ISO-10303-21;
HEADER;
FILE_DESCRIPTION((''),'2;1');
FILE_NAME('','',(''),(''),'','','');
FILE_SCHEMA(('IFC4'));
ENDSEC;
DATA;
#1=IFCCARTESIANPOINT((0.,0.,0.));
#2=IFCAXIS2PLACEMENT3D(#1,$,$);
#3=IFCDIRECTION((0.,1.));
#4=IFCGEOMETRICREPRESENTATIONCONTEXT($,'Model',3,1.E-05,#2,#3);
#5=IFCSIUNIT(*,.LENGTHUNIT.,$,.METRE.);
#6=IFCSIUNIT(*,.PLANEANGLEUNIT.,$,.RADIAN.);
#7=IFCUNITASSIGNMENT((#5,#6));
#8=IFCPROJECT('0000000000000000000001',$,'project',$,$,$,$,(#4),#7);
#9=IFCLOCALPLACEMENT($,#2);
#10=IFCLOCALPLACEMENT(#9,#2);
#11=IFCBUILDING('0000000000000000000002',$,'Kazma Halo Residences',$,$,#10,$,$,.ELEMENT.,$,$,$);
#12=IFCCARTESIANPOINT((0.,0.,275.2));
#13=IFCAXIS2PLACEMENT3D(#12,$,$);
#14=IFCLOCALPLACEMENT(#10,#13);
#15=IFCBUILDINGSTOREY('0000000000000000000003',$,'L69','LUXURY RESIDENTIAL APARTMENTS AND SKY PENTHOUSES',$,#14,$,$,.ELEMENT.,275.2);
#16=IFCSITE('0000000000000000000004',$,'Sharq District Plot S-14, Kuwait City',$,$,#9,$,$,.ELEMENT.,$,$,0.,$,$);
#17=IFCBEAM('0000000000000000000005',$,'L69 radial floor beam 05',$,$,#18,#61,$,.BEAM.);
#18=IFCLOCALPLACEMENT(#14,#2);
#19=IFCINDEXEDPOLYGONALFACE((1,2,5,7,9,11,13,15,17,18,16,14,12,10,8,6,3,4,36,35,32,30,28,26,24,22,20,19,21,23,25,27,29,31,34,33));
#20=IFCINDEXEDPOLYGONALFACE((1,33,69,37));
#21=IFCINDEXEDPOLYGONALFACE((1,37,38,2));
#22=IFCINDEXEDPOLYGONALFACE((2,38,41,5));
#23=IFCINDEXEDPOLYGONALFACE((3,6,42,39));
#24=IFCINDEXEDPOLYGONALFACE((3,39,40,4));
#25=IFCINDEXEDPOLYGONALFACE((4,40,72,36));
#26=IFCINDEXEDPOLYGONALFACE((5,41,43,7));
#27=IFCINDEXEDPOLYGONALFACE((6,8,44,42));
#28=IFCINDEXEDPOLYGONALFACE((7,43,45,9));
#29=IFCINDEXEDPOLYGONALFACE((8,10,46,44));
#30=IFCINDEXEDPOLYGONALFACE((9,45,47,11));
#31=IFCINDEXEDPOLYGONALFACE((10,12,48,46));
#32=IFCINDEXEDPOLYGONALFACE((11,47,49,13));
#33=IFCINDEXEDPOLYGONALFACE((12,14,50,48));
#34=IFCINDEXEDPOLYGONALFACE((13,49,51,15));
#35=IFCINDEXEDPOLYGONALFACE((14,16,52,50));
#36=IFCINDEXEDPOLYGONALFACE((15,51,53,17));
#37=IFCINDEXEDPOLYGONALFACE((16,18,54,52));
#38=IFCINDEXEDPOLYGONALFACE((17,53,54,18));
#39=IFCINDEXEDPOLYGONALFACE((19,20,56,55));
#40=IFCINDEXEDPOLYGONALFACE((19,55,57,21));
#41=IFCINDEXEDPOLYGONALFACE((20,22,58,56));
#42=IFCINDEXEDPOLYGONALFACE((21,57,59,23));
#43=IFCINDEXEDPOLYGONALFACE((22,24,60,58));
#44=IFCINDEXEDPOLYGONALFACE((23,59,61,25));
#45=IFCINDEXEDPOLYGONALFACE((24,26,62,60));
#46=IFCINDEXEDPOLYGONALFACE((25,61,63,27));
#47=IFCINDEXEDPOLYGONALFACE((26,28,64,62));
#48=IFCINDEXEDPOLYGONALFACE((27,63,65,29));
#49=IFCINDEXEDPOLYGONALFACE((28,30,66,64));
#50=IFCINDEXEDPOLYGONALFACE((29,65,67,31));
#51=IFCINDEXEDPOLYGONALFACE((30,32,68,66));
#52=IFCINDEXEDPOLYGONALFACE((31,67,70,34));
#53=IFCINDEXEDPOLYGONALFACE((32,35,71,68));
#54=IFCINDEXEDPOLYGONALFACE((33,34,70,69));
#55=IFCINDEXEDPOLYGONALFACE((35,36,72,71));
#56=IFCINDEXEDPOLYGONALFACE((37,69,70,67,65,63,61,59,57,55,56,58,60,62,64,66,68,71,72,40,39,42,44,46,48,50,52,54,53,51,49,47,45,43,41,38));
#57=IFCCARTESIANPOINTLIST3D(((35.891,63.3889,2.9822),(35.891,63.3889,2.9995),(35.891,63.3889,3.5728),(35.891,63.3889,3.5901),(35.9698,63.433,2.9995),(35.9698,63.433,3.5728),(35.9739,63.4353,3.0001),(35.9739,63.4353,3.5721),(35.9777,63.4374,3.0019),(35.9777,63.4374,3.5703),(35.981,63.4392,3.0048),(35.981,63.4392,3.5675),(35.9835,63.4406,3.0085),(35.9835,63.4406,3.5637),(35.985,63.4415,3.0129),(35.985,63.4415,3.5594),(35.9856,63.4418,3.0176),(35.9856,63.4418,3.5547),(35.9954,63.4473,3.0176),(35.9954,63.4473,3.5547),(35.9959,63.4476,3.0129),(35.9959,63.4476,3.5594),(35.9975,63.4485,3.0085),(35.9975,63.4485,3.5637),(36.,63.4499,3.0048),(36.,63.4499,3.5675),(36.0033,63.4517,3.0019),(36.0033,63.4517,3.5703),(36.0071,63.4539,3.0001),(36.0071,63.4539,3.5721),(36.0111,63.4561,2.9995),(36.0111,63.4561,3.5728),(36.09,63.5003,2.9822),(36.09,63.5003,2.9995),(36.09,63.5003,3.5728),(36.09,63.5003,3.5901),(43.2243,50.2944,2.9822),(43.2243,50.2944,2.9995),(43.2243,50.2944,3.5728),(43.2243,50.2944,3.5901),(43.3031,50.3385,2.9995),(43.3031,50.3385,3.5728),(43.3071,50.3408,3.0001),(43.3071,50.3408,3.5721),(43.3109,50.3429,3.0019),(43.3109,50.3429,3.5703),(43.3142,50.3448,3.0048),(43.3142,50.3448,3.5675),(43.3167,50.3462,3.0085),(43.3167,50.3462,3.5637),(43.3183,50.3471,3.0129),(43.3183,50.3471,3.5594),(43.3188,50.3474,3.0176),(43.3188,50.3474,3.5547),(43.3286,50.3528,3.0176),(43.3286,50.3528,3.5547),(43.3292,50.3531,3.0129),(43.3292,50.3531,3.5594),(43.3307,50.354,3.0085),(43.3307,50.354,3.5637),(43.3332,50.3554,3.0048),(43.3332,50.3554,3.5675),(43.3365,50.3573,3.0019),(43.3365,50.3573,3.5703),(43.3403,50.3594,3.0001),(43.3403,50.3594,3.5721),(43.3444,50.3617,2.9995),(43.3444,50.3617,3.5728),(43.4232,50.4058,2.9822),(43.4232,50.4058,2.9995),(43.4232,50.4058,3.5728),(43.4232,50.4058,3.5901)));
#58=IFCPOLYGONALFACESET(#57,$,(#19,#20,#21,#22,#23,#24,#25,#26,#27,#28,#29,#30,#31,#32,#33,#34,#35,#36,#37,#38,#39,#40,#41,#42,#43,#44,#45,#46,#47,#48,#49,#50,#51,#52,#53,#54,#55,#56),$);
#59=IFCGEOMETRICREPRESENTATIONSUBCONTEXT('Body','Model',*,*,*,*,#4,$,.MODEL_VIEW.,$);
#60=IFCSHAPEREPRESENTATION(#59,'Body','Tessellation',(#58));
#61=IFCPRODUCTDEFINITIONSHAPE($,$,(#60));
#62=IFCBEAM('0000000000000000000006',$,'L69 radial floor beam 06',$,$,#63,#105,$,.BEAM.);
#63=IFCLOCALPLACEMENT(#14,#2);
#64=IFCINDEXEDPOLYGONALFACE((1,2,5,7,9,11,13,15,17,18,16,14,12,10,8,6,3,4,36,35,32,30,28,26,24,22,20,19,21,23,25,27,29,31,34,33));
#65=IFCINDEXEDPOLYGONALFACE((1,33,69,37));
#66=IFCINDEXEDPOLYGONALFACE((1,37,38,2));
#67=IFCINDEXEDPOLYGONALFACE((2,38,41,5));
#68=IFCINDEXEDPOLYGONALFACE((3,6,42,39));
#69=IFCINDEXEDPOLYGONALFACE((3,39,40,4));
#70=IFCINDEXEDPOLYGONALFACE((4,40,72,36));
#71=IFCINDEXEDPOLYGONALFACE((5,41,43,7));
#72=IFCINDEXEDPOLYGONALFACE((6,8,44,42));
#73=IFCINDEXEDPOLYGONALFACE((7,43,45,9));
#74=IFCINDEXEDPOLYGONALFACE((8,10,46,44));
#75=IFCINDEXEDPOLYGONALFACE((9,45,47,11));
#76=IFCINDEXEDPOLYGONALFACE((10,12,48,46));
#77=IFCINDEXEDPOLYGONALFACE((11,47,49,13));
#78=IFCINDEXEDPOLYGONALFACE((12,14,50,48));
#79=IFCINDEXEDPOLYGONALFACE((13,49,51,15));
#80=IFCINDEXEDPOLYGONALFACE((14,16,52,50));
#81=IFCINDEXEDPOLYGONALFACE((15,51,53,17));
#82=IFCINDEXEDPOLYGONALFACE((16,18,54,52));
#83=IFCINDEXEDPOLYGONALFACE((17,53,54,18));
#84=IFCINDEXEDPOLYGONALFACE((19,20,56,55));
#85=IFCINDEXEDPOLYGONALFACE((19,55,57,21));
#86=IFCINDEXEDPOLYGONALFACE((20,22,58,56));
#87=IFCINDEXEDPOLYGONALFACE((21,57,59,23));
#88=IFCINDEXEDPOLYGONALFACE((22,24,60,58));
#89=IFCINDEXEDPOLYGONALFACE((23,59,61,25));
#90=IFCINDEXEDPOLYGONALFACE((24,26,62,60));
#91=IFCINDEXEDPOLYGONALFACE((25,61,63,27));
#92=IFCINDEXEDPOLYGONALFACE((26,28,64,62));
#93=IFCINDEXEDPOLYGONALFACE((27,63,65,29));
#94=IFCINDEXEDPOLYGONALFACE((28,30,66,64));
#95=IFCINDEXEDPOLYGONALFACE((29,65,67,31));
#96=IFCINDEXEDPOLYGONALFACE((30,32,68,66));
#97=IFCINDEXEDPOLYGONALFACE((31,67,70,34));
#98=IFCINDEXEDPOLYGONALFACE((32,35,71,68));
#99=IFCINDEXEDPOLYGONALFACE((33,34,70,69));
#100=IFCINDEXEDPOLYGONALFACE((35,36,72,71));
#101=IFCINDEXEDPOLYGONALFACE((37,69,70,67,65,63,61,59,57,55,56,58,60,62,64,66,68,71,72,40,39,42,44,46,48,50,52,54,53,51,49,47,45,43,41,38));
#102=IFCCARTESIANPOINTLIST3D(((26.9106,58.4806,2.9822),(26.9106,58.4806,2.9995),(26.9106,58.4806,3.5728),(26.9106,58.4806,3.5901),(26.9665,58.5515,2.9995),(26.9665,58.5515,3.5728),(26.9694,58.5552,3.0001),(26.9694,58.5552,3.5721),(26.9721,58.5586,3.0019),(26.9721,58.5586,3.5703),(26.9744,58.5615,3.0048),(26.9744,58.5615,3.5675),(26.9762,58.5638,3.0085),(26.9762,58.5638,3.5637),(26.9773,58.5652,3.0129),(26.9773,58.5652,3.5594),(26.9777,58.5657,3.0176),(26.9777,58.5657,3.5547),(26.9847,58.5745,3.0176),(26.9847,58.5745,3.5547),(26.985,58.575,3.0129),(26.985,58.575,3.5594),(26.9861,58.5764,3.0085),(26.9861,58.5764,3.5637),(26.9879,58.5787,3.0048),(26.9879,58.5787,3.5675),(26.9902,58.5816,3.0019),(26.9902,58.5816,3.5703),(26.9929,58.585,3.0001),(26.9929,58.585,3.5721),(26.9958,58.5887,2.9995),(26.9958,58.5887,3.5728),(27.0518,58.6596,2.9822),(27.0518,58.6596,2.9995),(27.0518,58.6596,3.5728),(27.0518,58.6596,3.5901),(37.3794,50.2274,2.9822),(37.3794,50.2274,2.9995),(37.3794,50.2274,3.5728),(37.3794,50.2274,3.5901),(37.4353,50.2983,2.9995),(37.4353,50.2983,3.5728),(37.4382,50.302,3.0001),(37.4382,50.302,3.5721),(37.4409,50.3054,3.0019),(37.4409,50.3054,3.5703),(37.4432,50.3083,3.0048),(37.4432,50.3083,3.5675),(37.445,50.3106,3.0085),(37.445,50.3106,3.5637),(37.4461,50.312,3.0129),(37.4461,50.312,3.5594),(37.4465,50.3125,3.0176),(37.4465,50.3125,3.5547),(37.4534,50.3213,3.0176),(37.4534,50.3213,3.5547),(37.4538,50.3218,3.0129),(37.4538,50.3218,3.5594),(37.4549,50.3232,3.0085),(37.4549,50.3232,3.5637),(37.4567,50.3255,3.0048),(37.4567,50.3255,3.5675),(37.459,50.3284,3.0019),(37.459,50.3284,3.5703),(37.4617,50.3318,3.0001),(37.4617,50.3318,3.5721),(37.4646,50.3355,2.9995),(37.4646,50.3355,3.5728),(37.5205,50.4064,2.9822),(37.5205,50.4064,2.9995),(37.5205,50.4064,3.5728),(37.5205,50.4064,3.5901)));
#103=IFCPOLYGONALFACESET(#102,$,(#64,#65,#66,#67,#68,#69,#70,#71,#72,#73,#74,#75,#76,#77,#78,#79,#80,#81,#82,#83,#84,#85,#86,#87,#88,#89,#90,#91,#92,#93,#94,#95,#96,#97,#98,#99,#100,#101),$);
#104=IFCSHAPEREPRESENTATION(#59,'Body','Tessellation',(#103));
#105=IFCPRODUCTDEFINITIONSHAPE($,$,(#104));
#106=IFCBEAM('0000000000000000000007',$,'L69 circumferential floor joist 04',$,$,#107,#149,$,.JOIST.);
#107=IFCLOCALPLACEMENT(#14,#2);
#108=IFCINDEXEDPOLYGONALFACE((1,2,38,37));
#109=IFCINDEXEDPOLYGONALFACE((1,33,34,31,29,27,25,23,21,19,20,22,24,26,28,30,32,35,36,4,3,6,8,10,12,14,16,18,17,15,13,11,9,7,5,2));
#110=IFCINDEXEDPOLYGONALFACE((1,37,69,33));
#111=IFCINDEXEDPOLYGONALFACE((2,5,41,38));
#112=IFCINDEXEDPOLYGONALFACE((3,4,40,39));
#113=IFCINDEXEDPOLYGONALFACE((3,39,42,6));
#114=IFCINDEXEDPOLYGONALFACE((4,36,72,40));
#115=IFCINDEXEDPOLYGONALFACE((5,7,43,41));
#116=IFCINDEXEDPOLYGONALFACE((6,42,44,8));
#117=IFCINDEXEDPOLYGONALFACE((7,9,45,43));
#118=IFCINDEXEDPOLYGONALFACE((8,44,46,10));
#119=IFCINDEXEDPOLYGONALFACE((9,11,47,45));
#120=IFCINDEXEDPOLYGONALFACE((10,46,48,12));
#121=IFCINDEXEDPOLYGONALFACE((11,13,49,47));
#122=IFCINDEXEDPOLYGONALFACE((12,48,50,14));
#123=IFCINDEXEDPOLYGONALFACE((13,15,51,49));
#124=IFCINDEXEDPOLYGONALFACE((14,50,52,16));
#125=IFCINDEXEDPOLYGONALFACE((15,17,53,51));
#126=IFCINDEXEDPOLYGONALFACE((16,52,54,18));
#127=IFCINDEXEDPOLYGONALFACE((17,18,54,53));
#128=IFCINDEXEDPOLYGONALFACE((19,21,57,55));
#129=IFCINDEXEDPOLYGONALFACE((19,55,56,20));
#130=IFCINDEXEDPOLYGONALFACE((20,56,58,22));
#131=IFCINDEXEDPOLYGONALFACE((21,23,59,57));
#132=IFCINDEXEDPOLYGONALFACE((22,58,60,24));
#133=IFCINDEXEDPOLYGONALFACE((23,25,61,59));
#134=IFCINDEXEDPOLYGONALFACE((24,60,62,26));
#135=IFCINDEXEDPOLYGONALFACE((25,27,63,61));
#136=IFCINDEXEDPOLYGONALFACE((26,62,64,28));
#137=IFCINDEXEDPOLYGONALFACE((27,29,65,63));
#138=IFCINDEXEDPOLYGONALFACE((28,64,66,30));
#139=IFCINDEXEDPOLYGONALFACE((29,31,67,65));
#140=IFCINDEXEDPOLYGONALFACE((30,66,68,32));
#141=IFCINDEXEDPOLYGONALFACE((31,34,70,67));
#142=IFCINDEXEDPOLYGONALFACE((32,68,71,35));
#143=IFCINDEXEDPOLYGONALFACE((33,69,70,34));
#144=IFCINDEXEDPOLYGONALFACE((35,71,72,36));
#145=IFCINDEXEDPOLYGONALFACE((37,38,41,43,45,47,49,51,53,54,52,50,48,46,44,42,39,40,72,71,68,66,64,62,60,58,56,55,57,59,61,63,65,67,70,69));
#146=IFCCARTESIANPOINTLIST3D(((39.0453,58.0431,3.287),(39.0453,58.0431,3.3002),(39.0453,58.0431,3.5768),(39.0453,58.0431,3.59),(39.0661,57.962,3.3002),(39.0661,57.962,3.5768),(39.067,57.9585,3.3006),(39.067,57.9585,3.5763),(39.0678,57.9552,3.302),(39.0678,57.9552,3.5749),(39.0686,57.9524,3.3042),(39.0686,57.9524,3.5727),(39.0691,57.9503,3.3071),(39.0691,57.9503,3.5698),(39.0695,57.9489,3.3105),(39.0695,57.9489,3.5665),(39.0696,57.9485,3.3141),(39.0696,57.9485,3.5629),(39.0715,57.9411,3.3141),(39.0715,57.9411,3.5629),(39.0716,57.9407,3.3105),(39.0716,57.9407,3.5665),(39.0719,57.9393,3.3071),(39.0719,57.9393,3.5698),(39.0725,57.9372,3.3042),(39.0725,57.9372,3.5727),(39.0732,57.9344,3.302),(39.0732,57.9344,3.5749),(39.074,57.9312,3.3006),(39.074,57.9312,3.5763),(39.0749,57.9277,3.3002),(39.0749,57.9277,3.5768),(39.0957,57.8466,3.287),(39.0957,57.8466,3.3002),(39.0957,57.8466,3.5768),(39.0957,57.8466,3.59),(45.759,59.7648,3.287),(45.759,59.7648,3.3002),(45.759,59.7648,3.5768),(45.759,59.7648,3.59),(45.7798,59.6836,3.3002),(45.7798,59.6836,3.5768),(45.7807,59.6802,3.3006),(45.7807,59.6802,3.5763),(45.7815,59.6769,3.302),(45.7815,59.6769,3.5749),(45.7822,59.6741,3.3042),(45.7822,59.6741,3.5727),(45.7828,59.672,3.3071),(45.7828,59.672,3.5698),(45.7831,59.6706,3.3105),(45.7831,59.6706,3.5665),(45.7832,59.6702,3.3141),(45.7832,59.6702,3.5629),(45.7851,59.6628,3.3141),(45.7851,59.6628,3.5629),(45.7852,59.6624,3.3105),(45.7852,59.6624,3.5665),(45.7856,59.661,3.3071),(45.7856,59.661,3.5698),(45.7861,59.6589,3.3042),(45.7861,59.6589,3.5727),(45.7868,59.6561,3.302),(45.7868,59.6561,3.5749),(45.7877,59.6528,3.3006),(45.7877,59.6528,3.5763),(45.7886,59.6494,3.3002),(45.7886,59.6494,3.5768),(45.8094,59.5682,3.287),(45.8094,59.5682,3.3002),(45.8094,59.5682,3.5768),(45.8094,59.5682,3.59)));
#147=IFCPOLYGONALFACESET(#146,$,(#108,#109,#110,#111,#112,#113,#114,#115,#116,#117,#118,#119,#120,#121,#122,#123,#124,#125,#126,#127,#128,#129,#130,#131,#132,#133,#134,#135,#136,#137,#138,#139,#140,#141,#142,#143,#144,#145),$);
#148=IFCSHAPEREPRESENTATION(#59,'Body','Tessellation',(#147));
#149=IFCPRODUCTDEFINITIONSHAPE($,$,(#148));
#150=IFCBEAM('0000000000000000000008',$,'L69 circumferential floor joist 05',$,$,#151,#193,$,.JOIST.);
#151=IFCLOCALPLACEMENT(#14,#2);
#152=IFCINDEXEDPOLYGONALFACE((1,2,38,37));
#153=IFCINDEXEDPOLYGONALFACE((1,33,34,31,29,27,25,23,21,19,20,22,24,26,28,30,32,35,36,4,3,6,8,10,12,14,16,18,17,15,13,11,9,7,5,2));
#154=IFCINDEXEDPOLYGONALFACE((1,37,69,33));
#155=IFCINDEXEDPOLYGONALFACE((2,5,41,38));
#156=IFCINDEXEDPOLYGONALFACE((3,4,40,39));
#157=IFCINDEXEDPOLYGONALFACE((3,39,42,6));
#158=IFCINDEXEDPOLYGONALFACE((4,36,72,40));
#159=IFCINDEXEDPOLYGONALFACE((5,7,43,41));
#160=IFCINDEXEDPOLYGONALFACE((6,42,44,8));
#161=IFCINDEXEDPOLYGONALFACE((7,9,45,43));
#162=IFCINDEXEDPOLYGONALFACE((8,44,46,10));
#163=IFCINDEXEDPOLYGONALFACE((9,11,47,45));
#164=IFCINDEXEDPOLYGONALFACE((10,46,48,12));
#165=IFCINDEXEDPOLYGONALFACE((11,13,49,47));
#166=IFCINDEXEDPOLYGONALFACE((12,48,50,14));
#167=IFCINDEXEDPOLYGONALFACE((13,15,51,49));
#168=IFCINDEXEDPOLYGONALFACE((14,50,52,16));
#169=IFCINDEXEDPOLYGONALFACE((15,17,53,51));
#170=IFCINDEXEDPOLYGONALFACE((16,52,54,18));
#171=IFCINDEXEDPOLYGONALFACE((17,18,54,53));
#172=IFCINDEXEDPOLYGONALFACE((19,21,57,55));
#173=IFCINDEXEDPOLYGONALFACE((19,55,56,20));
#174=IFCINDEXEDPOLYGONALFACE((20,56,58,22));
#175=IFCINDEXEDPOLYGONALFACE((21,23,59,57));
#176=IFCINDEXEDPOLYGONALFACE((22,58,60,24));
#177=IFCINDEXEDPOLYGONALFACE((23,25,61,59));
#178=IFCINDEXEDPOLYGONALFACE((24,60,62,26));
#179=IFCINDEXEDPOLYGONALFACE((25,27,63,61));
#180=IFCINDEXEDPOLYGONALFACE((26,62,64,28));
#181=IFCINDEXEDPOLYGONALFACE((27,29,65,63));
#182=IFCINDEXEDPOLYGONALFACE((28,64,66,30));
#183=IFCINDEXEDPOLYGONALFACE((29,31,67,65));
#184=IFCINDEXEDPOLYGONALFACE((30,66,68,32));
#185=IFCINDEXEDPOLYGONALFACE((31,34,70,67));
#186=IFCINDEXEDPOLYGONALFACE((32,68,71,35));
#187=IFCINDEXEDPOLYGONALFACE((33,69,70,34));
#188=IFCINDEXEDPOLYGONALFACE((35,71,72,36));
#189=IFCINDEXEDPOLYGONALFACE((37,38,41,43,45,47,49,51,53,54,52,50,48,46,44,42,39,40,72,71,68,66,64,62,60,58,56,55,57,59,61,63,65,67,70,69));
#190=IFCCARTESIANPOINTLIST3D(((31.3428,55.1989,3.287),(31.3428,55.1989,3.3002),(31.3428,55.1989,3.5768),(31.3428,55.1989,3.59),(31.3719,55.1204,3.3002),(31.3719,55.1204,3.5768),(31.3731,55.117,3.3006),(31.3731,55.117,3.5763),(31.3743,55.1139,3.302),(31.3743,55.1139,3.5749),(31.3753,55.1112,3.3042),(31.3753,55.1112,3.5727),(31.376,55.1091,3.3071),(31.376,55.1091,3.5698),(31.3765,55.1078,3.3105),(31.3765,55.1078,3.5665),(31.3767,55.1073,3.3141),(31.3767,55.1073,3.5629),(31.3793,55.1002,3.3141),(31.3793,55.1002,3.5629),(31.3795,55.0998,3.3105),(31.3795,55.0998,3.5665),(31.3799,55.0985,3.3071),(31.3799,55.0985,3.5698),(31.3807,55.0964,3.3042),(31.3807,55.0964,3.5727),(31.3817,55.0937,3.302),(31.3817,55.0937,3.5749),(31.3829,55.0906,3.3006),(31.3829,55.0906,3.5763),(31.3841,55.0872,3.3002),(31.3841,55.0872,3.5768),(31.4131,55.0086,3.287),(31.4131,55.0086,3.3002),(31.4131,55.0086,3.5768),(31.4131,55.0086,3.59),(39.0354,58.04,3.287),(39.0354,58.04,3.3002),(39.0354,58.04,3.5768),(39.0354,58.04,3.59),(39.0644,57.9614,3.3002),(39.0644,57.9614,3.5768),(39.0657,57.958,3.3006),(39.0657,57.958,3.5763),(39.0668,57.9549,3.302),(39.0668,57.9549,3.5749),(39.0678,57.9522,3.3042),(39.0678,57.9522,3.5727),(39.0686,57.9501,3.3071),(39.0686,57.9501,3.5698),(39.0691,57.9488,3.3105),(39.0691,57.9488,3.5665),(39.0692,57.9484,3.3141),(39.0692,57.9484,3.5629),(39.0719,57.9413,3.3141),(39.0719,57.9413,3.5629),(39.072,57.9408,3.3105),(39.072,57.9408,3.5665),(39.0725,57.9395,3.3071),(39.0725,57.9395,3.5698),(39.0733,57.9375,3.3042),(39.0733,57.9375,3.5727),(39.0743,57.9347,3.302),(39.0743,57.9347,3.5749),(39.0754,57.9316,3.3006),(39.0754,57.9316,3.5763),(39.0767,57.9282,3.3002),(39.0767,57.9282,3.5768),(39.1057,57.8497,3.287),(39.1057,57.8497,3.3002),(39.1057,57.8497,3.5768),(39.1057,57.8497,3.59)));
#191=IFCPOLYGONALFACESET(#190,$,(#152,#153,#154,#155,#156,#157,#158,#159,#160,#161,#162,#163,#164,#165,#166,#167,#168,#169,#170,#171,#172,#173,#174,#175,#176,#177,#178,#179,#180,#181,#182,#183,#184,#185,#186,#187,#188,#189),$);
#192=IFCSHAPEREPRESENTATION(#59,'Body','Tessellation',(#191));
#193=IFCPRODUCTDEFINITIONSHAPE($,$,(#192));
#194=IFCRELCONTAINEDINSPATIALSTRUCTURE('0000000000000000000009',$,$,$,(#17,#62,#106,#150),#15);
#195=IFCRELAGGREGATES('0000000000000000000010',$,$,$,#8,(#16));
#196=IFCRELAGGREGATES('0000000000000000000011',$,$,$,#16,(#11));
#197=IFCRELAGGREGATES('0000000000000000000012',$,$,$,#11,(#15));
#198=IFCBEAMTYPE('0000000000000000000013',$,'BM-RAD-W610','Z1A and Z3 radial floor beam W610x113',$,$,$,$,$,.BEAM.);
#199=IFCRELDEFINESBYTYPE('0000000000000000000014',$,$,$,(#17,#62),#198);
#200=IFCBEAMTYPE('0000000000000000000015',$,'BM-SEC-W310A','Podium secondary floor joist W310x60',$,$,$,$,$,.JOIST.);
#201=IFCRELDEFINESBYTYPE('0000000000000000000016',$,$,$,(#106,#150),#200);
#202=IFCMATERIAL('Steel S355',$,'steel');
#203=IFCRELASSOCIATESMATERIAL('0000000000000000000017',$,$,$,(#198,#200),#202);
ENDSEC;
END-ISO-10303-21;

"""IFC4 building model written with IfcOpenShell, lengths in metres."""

from ifc_helpers import new_model, si_unit, direction, frame, origin, origin_2d, place, context, subcontext, project, spatial, i_section, extrude, material, material_profile, profile_set, type_object, element, save


model = new_model("IFC4")

# Units and contexts
model_context = context("Model", 3, precision=1e-05, world=origin(), true_north=direction((0.0, 1.0)))
body_context = subcontext(model_context, "Body", "Model", "MODEL_VIEW")
ifc_project = project(units=[si_unit("LENGTHUNIT", "METRE"), si_unit("PLANEANGLEUNIT", "RADIAN")], contexts=[model_context])

# Site, building, storey
site_placement = place(None, origin())
site = spatial("IfcSite", under=ifc_project, at=site_placement, Name="Sharq District Plot S-14, Kuwait City", CompositionType="ELEMENT", RefElevation=0.0)
building_placement = place(site_placement, origin())
building = spatial("IfcBuilding", under=site, at=building_placement, Name="Kazma Halo Residences", CompositionType="ELEMENT")
storey_placement = place(building_placement, frame((0.0, 0.0, 275.2)))
storey = spatial("IfcBuildingStorey", under=building, at=storey_placement, Name="L69", Description="LUXURY RESIDENTIAL APARTMENTS AND SKY PENTHOUSES", CompositionType="ELEMENT", Elevation=275.2)

# Beams
ifc_material_1 = material(Name="Steel S355", Category="steel")
ifc_material_profile_1 = material_profile(ifc_material_1, i_section(OverallWidth=0.228, OverallDepth=0.6079, WebThickness=0.0112, FlangeThickness=0.0173, FilletRadius=0.0181, at=origin_2d()), Name="W610x113")
ifc_profile_set_1 = profile_set([ifc_material_profile_1], Name="Steel S355")
beam_type_1 = type_object("IfcBeamType", Name="BM-RAD-W610", Description="Z1A and Z3 radial floor beam W610x113", PredefinedType="BEAM", material=ifc_profile_set_1)
beam_1_placement = place(storey_placement, frame((43.3237, 50.3501, 3.2861), z_axis=(-0.488621, 0.872496, 0.0), x_axis=(-0.872496, -0.488621, 0.0)))
element("IfcBeam", 1, at=beam_1_placement, inside=storey, type_object=beam_type_1, Name="L69 radial floor beam 05", PredefinedType="BEAM", context=body_context, shape_type="SweptSolid", body=[
    extrude(i_section(OverallWidth=0.228, OverallDepth=0.6079, WebThickness=0.0112, FlangeThickness=0.0173, FilletRadius=0.0181, at=origin_2d()), origin(), (0.0, 0.0, 1.0), 15.0081),
])
beam_2_placement = place(storey_placement, frame((37.45, 50.3169, 3.2861), z_axis=(-0.785307, 0.619107, 0.0), x_axis=(-0.619107, -0.785307, 0.0)))
element("IfcBeam", 2, at=beam_2_placement, inside=storey, type_object=beam_type_1, Name="L69 radial floor beam 06", PredefinedType="BEAM", context=body_context, shape_type="SweptSolid", body=[
    extrude(i_section(OverallWidth=0.228, OverallDepth=0.6079, WebThickness=0.0112, FlangeThickness=0.0173, FilletRadius=0.0181, at=origin_2d()), origin(), (0.0, 0.0, 1.0), 13.3308),
])
ifc_material_profile_2 = material_profile(ifc_material_1, i_section(OverallWidth=0.2029, OverallDepth=0.303, WebThickness=0.0076, FlangeThickness=0.0132, FilletRadius=0.0139, at=origin_2d()), Name="W310x60")
ifc_profile_set_2 = profile_set([ifc_material_profile_2], Name="Steel S355")
beam_type_2 = type_object("IfcBeamType", Name="BM-SEC-W310A", Description="Podium secondary floor joist W310x60", PredefinedType="JOIST", material=ifc_profile_set_2)
beam_3_placement = place(storey_placement, frame((45.7842, 59.6665, 3.4385), z_axis=(-0.968656, -0.248408, 0.0), x_axis=(0.248408, -0.968656, 0.0)))
element("IfcBeam", 3, at=beam_3_placement, inside=storey, type_object=beam_type_2, Name="L69 circumferential floor joist 04", PredefinedType="JOIST", context=body_context, shape_type="SweptSolid", body=[
    extrude(i_section(OverallWidth=0.2029, OverallDepth=0.303, WebThickness=0.0076, FlangeThickness=0.0132, FilletRadius=0.0139, at=origin_2d()), origin(), (0.0, 0.0, 1.0), 6.9309),
])
beam_4_placement = place(storey_placement, frame((39.0706, 57.9448, 3.4385), z_axis=(-0.938068, -0.34645, 0.0), x_axis=(0.34645, -0.938068, 0.0)))
element("IfcBeam", 4, at=beam_4_placement, inside=storey, type_object=beam_type_2, Name="L69 circumferential floor joist 05", PredefinedType="JOIST", context=body_context, shape_type="SweptSolid", body=[
    extrude(i_section(OverallWidth=0.2029, OverallDepth=0.303, WebThickness=0.0076, FlangeThickness=0.0132, FilletRadius=0.0139, at=origin_2d()), origin(), (0.0, 0.0, 1.0), 8.2004),
])

save(model, "model.ifc")
